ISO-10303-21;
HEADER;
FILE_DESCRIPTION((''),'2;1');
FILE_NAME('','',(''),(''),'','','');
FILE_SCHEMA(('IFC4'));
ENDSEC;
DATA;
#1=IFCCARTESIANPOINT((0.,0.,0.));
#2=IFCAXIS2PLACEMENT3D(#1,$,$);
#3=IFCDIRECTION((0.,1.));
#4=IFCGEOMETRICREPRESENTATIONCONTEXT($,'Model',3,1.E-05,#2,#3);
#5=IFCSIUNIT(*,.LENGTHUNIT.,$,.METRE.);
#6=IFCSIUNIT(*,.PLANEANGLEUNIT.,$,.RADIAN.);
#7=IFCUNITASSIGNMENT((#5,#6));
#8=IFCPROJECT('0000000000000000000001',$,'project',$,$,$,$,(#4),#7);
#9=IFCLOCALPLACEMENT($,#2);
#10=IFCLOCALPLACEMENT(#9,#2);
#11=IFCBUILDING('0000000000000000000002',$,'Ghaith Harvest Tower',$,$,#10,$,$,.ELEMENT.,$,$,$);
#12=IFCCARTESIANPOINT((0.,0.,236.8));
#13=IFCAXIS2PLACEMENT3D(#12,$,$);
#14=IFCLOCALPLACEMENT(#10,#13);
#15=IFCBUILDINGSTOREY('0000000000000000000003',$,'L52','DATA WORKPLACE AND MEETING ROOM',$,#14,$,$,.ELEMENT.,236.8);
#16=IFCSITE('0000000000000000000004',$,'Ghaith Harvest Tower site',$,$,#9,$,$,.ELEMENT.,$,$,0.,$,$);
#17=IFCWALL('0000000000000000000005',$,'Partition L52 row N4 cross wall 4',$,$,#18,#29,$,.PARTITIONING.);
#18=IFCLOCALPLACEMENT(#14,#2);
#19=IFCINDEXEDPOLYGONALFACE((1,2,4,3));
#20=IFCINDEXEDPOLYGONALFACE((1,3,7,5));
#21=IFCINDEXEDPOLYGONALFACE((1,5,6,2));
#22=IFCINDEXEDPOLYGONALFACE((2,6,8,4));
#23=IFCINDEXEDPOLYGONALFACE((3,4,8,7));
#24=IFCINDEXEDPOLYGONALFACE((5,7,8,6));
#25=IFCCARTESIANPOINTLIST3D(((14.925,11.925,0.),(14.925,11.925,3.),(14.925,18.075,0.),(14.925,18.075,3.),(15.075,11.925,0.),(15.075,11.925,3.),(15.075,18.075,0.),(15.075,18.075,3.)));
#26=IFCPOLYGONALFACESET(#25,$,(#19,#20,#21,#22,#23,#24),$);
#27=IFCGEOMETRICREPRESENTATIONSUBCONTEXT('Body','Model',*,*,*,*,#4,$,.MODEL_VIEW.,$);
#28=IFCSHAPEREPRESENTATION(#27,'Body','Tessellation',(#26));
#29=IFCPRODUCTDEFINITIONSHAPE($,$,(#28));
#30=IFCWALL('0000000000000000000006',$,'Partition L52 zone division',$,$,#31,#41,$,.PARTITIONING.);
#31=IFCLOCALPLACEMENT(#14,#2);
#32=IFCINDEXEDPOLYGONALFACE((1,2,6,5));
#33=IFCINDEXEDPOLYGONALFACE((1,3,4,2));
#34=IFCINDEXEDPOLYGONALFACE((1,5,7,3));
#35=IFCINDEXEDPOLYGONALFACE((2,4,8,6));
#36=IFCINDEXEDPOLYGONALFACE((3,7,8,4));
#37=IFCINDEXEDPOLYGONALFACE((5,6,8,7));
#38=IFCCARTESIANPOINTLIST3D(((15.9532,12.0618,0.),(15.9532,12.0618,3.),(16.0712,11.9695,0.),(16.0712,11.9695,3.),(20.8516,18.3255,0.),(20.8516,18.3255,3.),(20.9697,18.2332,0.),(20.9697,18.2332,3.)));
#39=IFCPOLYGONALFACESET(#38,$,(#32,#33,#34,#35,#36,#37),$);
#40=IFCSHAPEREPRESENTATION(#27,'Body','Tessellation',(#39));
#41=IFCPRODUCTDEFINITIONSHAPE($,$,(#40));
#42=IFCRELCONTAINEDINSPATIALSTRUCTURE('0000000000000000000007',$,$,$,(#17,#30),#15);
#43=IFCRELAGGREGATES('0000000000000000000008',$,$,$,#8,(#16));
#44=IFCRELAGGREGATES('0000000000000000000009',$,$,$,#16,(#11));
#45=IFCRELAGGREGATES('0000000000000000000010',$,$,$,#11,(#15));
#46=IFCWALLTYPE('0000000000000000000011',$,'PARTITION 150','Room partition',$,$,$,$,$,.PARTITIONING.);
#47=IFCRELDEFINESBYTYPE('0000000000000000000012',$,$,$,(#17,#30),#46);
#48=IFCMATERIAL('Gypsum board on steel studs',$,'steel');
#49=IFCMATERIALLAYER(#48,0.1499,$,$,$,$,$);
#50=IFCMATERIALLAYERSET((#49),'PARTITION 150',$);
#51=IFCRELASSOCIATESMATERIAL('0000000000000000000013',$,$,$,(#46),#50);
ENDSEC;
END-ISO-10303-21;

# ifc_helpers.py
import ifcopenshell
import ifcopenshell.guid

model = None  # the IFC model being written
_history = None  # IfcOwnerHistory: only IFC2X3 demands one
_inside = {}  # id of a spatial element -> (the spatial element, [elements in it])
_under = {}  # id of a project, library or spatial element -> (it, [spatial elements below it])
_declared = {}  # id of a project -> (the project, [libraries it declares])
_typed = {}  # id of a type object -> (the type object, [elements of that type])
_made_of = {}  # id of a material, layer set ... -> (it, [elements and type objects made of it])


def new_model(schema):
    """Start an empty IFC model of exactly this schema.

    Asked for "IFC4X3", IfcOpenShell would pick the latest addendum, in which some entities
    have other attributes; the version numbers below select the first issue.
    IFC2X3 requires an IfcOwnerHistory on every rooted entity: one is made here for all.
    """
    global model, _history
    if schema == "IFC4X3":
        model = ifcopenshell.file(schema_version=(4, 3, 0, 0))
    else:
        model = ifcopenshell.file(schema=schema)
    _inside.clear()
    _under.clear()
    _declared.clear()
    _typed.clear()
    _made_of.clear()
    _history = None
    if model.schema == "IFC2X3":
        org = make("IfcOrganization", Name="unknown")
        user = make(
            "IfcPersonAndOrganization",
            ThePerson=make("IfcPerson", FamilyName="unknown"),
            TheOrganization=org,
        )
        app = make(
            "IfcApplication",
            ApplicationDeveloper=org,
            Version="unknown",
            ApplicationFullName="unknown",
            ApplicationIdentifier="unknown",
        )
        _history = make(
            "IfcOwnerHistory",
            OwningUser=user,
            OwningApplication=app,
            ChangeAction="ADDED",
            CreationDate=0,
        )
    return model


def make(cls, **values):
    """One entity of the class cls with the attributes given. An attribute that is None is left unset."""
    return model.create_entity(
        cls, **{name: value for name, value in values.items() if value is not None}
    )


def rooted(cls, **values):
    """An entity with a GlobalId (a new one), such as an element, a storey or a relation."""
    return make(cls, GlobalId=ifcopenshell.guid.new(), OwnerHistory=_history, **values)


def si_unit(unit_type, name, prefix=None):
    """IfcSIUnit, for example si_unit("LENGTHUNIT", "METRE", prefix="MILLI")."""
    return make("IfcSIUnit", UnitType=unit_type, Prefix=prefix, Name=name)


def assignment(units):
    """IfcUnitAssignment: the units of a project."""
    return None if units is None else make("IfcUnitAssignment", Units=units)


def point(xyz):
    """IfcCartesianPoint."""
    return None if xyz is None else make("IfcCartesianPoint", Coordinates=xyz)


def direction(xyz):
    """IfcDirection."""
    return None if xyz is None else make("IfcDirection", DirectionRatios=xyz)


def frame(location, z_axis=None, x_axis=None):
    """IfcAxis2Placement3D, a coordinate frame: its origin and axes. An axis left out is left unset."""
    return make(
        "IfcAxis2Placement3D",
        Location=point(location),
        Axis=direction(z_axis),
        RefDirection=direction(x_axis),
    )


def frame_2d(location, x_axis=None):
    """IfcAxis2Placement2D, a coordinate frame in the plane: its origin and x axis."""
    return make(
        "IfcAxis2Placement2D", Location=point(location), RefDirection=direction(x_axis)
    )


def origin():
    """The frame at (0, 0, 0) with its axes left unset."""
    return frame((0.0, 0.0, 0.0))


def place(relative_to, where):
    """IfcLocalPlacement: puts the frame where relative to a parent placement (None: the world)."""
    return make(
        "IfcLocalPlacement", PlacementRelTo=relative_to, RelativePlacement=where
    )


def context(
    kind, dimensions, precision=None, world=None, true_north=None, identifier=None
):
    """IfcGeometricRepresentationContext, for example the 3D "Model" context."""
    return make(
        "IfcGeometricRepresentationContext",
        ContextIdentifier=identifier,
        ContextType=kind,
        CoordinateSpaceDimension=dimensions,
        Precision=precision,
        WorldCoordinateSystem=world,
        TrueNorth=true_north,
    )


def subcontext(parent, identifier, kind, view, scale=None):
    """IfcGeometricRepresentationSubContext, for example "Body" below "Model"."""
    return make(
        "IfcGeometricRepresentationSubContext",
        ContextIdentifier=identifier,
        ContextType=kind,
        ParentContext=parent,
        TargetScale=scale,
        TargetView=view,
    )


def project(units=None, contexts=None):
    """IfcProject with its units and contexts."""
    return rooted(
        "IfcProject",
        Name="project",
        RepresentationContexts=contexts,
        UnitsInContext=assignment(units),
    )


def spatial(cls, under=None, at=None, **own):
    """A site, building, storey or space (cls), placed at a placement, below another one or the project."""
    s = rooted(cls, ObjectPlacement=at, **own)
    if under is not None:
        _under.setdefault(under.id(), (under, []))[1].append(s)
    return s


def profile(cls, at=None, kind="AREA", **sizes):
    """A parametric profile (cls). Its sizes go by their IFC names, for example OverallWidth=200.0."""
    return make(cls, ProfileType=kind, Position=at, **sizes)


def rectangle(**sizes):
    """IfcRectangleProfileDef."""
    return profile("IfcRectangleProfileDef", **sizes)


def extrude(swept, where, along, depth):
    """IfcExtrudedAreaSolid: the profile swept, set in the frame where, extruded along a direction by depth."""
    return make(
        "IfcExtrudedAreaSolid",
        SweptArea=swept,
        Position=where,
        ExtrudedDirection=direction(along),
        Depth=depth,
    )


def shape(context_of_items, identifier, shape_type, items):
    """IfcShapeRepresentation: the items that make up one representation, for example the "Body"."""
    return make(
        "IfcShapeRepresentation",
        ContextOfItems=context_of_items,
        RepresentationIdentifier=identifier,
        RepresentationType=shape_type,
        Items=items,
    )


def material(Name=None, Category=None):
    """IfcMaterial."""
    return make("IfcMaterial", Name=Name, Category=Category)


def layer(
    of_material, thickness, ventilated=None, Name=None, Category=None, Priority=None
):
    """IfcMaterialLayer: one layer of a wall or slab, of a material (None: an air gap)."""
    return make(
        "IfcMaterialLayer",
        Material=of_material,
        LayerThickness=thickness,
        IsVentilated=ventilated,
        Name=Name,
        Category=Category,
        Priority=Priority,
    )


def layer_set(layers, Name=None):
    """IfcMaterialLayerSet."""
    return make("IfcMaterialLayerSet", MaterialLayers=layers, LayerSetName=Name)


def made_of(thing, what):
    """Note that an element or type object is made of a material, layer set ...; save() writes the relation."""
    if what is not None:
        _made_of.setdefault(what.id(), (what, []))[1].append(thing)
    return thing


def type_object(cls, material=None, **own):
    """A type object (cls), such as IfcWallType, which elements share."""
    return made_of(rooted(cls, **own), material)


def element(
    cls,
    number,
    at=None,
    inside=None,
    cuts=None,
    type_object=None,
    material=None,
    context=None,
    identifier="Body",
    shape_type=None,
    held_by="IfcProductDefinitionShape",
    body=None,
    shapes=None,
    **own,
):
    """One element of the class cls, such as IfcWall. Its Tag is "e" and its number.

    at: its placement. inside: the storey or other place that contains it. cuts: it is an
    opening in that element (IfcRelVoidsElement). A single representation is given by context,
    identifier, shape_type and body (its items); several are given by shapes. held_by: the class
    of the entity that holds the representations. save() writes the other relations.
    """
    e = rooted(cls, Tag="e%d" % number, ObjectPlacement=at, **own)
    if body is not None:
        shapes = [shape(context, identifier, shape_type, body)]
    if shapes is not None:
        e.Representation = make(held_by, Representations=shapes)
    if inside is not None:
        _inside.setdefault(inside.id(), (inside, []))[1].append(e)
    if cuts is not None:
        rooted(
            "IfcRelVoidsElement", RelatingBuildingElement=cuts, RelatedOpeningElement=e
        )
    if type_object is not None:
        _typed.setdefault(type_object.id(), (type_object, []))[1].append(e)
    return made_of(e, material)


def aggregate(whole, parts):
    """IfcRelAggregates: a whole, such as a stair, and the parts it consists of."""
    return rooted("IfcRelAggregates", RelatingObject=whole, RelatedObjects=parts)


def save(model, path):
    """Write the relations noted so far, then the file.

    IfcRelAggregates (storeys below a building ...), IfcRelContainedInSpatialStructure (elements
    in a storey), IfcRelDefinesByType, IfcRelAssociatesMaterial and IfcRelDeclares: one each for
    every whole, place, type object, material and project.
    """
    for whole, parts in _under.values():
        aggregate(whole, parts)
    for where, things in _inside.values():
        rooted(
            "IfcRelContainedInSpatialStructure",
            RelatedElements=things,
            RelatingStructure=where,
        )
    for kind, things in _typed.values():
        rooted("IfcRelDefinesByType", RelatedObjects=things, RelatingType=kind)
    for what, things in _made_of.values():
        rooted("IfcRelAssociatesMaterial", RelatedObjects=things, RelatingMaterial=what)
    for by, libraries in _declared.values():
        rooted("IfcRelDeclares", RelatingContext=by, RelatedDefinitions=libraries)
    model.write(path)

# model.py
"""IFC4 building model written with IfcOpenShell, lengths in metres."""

from ifc_helpers import new_model, si_unit, direction, frame, frame_2d, origin, place, context, subcontext, project, spatial, rectangle, extrude, material, layer, layer_set, type_object, element, save


model = new_model("IFC4")

# Units and contexts
model_context = context("Model", 3, precision=1e-05, world=origin(), true_north=direction((0.0, 1.0)))
body_context = subcontext(model_context, "Body", "Model", "MODEL_VIEW")
ifc_project = project(units=[si_unit("LENGTHUNIT", "METRE"), si_unit("PLANEANGLEUNIT", "RADIAN")], contexts=[model_context])

# Site, building, storey
site_placement = place(None, origin())
site = spatial("IfcSite", under=ifc_project, at=site_placement, Name="Ghaith Harvest Tower site", CompositionType="ELEMENT", RefElevation=0.0)
building_placement = place(site_placement, origin())
building = spatial("IfcBuilding", under=site, at=building_placement, Name="Ghaith Harvest Tower", CompositionType="ELEMENT")
storey_placement = place(building_placement, frame((0.0, 0.0, 236.8)))
storey = spatial("IfcBuildingStorey", under=building, at=storey_placement, Name="L52", Description="DATA WORKPLACE AND MEETING ROOM", CompositionType="ELEMENT", Elevation=236.8)

# Walls
ifc_material_1 = material(Name="Gypsum board on steel studs", Category="steel")
ifc_layer_1 = layer(ifc_material_1, 0.1499)
ifc_layer_set_1 = layer_set([ifc_layer_1], Name="PARTITION 150")
wall_type_1 = type_object("IfcWallType", Name="PARTITION 150", Description="Room partition", PredefinedType="PARTITIONING", material=ifc_layer_set_1)
wall_1_placement = place(storey_placement, frame((15.0, 11.925, 0.0), z_axis=(0.0, 0.0, 1.0), x_axis=(0.0, 1.0, 0.0)))
element("IfcWall", 1, at=wall_1_placement, inside=storey, type_object=wall_type_1, Name="Partition L52 row N4 cross wall 4", PredefinedType="PARTITIONING", context=body_context, shape_type="SweptSolid", body=[
    extrude(rectangle(XDim=6.1499, YDim=0.1499, at=frame_2d((3.075, 0.0))), origin(), (0.0, 0.0, 1.0), 3.0),
])
wall_2_placement = place(storey_placement, frame((16.0122, 12.0156, 0.0), z_axis=(0.0, 0.0, 1.0), x_axis=(0.61603, 0.787723, 0.0)))
element("IfcWall", 2, at=wall_2_placement, inside=storey, type_object=wall_type_1, Name="Partition L52 zone division", PredefinedType="PARTITIONING", context=body_context, shape_type="SweptSolid", body=[
    extrude(rectangle(XDim=7.9517, YDim=0.1499, at=frame_2d((3.9758, 0.0))), origin(), (0.0, 0.0, 1.0), 3.0),
])

save(model, "model.ifc")
